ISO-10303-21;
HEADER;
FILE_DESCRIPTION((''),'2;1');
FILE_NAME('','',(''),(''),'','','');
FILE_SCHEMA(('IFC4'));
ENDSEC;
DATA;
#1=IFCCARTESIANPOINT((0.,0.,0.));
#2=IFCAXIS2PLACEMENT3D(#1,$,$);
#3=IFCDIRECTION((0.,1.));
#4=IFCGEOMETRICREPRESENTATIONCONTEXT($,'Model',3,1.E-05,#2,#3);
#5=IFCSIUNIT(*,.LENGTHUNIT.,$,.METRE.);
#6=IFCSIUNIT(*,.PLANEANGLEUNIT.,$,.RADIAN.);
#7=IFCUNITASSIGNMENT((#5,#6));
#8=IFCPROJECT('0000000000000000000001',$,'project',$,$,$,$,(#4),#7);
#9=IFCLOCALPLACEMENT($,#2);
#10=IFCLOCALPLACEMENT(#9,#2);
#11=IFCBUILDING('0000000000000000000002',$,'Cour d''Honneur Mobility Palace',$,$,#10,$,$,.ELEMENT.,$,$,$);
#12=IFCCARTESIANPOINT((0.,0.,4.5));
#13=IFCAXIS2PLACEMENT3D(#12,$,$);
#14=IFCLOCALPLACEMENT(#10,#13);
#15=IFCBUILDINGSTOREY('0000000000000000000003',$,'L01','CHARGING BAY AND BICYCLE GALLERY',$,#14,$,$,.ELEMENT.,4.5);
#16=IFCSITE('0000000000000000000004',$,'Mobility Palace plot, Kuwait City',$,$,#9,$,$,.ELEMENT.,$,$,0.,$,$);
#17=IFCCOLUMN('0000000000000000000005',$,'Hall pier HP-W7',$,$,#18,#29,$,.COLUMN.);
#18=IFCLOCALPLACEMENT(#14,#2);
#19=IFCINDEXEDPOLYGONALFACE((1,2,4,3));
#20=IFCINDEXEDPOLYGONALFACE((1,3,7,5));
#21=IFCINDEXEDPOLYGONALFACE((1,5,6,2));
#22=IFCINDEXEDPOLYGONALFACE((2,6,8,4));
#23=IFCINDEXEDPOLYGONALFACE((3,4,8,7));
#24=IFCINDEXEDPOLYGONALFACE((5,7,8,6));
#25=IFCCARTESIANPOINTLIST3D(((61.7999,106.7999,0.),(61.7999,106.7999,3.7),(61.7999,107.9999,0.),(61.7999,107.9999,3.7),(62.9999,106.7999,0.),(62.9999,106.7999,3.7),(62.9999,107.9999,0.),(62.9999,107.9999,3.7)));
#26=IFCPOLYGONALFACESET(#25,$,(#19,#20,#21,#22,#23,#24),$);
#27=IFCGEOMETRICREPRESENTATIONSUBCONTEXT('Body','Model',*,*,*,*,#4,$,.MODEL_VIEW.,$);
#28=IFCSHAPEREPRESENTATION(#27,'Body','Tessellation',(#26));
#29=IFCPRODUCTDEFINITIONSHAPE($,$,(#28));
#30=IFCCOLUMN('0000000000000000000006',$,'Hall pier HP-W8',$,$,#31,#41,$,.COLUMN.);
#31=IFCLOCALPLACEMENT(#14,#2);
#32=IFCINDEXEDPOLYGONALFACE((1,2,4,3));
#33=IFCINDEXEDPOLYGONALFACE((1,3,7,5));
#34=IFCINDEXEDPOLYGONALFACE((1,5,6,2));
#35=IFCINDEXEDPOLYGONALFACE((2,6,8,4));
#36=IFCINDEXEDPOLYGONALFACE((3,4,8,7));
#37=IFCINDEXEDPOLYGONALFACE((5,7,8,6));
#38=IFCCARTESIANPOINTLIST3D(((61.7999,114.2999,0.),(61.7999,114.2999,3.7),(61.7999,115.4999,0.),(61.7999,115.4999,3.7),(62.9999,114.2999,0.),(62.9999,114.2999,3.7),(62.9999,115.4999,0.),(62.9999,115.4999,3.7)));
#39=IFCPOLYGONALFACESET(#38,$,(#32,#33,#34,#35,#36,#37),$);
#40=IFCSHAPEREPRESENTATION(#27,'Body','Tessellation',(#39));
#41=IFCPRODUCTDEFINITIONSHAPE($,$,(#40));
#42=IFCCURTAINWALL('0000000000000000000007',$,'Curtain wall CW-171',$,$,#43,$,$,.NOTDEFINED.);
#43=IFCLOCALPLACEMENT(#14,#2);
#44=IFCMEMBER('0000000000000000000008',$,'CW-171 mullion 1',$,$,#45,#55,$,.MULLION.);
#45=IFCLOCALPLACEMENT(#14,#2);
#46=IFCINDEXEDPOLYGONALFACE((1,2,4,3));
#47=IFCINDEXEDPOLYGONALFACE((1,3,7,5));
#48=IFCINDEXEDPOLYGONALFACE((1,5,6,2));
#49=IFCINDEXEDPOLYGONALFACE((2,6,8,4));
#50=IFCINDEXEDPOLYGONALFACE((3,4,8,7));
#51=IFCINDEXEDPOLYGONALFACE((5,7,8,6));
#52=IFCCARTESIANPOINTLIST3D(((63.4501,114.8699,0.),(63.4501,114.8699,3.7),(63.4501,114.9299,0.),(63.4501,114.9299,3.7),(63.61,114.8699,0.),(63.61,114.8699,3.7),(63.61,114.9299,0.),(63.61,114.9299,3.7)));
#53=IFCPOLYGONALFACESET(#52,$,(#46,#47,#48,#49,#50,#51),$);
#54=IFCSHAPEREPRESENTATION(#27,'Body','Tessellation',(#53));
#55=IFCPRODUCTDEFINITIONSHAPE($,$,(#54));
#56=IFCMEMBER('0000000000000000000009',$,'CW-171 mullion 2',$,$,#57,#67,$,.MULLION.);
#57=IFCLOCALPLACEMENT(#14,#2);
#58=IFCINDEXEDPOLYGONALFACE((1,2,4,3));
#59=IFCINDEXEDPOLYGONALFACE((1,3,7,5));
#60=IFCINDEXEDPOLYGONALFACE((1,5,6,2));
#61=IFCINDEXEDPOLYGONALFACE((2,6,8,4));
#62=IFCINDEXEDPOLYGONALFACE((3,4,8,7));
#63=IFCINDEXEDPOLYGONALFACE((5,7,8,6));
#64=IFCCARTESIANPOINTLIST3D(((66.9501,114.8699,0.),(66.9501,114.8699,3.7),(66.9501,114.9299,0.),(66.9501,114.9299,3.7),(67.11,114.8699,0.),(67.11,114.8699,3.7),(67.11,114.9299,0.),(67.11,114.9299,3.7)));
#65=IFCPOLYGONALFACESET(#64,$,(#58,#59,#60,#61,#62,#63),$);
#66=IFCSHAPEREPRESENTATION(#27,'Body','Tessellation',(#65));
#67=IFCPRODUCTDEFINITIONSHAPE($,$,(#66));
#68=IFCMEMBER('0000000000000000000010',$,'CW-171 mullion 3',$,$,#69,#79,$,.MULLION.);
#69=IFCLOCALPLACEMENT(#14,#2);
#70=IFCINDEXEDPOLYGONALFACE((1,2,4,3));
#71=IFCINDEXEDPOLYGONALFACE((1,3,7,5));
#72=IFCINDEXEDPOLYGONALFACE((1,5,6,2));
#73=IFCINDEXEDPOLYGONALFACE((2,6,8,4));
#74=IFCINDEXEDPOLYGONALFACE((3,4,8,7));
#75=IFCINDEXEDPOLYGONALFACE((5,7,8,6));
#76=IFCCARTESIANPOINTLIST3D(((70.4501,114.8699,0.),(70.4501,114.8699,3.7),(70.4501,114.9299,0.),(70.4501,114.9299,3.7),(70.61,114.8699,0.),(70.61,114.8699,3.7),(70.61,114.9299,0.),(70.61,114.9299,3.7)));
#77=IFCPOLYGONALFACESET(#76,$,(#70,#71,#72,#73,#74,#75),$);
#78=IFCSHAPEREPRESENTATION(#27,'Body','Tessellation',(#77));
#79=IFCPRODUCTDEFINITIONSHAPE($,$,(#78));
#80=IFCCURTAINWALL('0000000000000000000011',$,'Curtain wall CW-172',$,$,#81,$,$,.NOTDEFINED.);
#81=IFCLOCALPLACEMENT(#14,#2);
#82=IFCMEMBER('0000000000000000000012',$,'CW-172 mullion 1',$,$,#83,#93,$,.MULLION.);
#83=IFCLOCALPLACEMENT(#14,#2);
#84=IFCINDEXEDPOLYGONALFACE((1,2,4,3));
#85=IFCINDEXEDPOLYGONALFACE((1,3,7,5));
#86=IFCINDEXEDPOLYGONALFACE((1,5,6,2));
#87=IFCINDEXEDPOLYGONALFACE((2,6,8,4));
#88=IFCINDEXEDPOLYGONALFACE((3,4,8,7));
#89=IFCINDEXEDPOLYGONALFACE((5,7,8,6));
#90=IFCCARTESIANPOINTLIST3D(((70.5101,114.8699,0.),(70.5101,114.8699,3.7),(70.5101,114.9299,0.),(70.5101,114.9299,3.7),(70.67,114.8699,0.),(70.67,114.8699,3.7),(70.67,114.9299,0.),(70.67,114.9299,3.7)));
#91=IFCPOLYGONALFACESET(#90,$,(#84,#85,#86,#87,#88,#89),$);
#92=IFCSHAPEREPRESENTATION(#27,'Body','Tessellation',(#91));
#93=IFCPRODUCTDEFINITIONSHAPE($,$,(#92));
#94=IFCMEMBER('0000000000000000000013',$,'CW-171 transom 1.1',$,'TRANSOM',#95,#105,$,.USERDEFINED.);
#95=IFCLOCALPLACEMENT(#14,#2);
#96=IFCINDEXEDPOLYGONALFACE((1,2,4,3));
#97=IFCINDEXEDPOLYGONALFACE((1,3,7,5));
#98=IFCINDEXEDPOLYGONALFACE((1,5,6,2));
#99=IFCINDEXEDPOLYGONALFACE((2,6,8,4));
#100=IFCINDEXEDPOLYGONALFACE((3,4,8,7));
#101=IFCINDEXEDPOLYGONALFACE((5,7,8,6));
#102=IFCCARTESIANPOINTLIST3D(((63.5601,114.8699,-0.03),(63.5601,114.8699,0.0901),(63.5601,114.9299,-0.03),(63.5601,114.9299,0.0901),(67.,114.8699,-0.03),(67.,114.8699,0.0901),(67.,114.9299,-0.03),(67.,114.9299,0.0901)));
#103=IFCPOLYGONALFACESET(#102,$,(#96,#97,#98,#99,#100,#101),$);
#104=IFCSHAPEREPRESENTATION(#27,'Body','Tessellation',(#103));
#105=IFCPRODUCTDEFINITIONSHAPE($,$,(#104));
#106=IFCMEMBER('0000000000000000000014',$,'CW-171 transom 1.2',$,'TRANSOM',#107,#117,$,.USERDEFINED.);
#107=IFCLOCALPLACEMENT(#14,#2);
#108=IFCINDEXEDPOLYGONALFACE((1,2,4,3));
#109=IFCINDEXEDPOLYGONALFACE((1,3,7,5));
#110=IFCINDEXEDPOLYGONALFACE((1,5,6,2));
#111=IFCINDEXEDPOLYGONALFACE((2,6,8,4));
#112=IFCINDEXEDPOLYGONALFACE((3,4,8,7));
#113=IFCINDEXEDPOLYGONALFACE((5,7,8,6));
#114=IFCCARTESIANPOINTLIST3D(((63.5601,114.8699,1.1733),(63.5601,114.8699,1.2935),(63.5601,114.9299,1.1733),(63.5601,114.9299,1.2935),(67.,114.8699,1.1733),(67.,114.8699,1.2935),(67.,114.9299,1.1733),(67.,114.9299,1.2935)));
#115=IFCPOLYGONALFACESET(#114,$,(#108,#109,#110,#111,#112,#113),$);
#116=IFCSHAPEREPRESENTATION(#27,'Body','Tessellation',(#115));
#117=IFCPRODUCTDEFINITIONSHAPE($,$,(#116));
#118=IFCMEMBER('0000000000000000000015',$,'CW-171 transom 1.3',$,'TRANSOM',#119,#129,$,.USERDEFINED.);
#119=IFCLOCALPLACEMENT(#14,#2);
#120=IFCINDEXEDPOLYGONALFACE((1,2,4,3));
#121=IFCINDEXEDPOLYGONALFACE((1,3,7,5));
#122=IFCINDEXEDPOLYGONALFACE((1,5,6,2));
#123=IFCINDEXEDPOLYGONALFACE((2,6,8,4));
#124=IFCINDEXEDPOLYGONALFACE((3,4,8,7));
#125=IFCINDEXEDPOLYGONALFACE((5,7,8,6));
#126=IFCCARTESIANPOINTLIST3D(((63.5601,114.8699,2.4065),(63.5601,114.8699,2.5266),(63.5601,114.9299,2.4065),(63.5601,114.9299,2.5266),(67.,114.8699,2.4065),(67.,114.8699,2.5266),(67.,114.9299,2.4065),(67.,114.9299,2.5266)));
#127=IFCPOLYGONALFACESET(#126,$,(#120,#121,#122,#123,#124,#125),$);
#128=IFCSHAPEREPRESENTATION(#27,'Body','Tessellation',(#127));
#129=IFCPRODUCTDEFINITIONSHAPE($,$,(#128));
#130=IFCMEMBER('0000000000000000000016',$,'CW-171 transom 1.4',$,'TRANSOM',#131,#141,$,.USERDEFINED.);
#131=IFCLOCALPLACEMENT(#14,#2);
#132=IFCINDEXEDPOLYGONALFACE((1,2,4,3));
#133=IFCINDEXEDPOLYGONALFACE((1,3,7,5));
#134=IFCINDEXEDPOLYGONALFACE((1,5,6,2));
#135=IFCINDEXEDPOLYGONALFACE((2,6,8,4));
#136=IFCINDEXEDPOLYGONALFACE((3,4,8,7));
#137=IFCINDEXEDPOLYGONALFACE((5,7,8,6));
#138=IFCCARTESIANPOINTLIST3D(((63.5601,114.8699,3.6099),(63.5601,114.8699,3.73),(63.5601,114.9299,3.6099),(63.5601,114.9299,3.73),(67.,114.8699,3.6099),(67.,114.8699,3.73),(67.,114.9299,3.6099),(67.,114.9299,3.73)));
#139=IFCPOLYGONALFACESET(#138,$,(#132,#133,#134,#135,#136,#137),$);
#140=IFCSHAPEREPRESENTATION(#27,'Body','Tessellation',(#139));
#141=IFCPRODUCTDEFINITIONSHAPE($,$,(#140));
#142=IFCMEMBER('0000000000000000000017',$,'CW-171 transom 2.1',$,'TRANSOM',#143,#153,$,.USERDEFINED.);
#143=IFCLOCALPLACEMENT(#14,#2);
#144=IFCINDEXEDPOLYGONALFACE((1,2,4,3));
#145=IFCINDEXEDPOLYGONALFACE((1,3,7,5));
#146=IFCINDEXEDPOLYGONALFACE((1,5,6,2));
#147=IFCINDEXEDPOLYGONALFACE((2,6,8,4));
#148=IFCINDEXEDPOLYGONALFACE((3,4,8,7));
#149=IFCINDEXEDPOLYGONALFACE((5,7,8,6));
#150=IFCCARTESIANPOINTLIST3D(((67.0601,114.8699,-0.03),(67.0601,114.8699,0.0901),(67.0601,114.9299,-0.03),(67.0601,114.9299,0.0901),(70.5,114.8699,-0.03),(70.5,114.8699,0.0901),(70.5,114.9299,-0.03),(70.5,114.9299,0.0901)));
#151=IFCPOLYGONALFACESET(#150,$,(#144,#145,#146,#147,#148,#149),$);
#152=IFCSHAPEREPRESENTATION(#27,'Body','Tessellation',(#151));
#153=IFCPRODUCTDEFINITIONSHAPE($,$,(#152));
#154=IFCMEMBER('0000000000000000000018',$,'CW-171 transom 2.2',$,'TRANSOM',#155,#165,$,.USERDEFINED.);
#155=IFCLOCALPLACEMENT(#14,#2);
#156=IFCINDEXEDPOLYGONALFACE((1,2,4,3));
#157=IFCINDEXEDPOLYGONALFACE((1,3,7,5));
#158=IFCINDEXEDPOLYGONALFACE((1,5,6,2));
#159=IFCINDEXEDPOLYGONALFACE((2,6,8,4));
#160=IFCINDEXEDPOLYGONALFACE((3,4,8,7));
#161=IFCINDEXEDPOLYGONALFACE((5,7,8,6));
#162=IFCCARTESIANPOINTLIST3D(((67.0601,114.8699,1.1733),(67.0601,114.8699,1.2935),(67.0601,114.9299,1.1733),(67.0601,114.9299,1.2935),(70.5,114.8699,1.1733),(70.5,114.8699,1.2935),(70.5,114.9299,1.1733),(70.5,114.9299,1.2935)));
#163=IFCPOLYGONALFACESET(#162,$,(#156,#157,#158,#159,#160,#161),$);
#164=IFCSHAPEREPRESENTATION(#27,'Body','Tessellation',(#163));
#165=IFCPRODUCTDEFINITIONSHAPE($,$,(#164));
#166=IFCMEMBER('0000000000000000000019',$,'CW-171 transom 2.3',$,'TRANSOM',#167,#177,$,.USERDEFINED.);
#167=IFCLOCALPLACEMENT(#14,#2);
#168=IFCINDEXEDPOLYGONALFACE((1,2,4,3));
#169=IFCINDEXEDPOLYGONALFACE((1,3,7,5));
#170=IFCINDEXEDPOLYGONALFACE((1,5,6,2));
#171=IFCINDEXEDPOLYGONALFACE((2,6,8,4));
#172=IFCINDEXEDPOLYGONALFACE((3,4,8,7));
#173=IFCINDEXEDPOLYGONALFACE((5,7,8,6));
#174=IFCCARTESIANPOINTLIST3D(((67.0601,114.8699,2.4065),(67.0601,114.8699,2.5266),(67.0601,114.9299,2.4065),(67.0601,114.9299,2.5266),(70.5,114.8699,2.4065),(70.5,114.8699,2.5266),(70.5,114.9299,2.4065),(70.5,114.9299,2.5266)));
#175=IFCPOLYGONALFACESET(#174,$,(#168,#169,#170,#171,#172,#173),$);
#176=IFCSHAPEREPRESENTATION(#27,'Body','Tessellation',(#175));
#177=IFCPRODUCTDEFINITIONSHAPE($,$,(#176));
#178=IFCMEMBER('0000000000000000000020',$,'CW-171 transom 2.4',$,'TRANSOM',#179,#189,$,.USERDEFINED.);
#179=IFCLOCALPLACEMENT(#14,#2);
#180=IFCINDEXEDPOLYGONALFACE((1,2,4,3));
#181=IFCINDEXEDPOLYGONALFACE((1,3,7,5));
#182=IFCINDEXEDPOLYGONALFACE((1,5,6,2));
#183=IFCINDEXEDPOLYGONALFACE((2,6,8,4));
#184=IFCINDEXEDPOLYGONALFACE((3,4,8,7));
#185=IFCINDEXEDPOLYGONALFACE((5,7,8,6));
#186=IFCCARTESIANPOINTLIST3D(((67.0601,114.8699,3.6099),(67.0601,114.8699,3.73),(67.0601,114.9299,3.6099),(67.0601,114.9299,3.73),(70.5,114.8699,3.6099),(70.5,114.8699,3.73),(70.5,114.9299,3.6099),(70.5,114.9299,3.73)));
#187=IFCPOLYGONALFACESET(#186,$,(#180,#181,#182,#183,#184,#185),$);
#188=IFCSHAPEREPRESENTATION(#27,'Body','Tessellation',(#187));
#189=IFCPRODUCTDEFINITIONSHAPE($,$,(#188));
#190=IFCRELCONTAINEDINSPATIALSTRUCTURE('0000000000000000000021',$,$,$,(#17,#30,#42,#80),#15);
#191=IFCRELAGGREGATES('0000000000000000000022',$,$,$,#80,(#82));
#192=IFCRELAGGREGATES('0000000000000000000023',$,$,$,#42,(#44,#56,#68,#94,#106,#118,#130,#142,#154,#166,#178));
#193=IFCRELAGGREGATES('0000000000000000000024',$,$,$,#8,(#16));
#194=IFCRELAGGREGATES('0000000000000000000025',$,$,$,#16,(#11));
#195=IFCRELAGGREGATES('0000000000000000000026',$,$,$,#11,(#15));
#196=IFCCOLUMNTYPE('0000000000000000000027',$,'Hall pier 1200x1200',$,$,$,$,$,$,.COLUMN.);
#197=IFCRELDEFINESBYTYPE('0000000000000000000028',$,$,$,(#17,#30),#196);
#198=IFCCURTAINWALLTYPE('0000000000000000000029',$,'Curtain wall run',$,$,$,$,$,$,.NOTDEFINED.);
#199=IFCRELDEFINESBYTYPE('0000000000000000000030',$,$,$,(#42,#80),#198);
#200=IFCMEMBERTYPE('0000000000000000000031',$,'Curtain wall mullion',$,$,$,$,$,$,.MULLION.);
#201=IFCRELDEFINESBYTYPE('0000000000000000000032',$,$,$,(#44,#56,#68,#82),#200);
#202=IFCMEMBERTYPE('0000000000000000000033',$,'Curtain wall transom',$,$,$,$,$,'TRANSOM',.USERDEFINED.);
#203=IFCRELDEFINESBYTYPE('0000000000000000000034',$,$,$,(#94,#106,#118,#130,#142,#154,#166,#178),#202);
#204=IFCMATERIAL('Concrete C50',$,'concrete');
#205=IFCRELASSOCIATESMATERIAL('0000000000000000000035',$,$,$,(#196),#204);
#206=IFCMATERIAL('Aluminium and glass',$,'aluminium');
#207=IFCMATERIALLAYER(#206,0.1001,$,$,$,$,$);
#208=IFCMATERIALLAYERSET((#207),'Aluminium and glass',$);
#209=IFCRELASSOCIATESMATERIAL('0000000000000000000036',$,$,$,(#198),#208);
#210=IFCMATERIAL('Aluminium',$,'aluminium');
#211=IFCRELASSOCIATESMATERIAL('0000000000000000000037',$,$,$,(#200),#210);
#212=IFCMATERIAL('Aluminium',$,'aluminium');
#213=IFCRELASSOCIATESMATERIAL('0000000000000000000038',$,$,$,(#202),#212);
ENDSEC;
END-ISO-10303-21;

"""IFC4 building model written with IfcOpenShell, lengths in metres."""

from ifc_helpers import new_model, si_unit, direction, frame, origin, origin_2d, place, context, subcontext, project, spatial, rectangle, extrude, material, layer, layer_set, material_profile, profile_set, type_object, element, aggregate, save


model = new_model("IFC4")

# Units and contexts
model_context = context("Model", 3, precision=1e-05, world=origin(), true_north=direction((0.0, 1.0)))
body_context = subcontext(model_context, "Body", "Model", "MODEL_VIEW")
ifc_project = project(units=[si_unit("LENGTHUNIT", "METRE"), si_unit("PLANEANGLEUNIT", "RADIAN")], contexts=[model_context])

# Site, building, storey
site_placement = place(None, origin())
site = spatial("IfcSite", under=ifc_project, at=site_placement, Name="Mobility Palace plot, Kuwait City", CompositionType="ELEMENT", RefElevation=0.0)
building_placement = place(site_placement, origin())
building = spatial("IfcBuilding", under=site, at=building_placement, Name="Cour d'Honneur Mobility Palace", CompositionType="ELEMENT")
storey_placement = place(building_placement, frame((0.0, 0.0, 4.5)))
storey = spatial("IfcBuildingStorey", under=building, at=storey_placement, Name="L01", Description="CHARGING BAY AND BICYCLE GALLERY", CompositionType="ELEMENT", Elevation=4.5)

# Columns
ifc_material_1 = material(Name="Concrete C50", Category="concrete")
ifc_material_profile_1 = material_profile(ifc_material_1, rectangle(XDim=1.2, YDim=1.2, at=origin_2d()), Name="Hall pier 1200x1200")
ifc_profile_set_1 = profile_set([ifc_material_profile_1], Name="Concrete C50")
column_type = type_object("IfcColumnType", Name="Hall pier 1200x1200", PredefinedType="COLUMN", material=ifc_profile_set_1)
for number, where, z_axis, x_axis, name in (
    (1, (62.3999, 107.3999, 0.0), (0.0, 0.0, 1.0), (1.0, 0.0, 0.0), "Hall pier HP-W7"),
    (2, (62.3999, 114.8999, 0.0), (0.0, 0.0, 1.0), (1.0, 0.0, 0.0), "Hall pier HP-W8"),
):
    element("IfcColumn", number, at=place(storey_placement, frame(where, z_axis=z_axis, x_axis=x_axis)), inside=storey, type_object=column_type, Name=name, PredefinedType="COLUMN", context=body_context, shape_type="SweptSolid", body=[
        extrude(rectangle(XDim=1.2, YDim=1.2, at=origin_2d()), origin(), (0.0, 0.0, 1.0), 3.7),
    ])

# Curtain wall, members
ifc_material_2 = material(Name="Aluminium and glass", Category="aluminium")
ifc_layer_1 = layer(ifc_material_2, 0.1001)
ifc_layer_set_1 = layer_set([ifc_layer_1], Name="Aluminium and glass")
curtain_wall_type = type_object("IfcCurtainWallType", Name="Curtain wall run", PredefinedType="NOTDEFINED", material=ifc_layer_set_1)
curtain_wall_1_placement = place(storey_placement, origin())
curtain_wall_1 = element("IfcCurtainWall", 3, at=curtain_wall_1_placement, inside=storey, type_object=curtain_wall_type, Name="Curtain wall CW-171", PredefinedType="NOTDEFINED")
ifc_material_3 = material(Name="Aluminium", Category="aluminium")
ifc_material_profile_2 = material_profile(ifc_material_3, rectangle(XDim=0.0601, YDim=0.1599, at=origin_2d()), Name="Curtain wall mullion")
ifc_profile_set_2 = profile_set([ifc_material_profile_2], Name="Aluminium")
member_type_1 = type_object("IfcMemberType", Name="Curtain wall mullion", PredefinedType="MULLION", material=ifc_profile_set_2)
member_1_placement = place(storey_placement, frame((63.53, 114.8999, 0.0), z_axis=(0.0, 0.0, 1.0), x_axis=(0.0, 1.0, 0.0)))
member_1 = element("IfcMember", 4, at=member_1_placement, type_object=member_type_1, Name="CW-171 mullion 1", PredefinedType="MULLION", context=body_context, shape_type="SweptSolid", body=[
    extrude(rectangle(XDim=0.0601, YDim=0.1599, at=origin_2d()), origin(), (0.0, 0.0, 1.0), 3.7),
])
member_2_placement = place(storey_placement, frame((67.03, 114.8999, 0.0), z_axis=(0.0, 0.0, 1.0), x_axis=(0.0, 1.0, 0.0)))
member_2 = element("IfcMember", 5, at=member_2_placement, type_object=member_type_1, Name="CW-171 mullion 2", PredefinedType="MULLION", context=body_context, shape_type="SweptSolid", body=[
    extrude(rectangle(XDim=0.0601, YDim=0.1599, at=origin_2d()), origin(), (0.0, 0.0, 1.0), 3.7),
])
member_3_placement = place(storey_placement, frame((70.53, 114.8999, 0.0), z_axis=(0.0, 0.0, 1.0), x_axis=(0.0, 1.0, 0.0)))
member_3 = element("IfcMember", 6, at=member_3_placement, type_object=member_type_1, Name="CW-171 mullion 3", PredefinedType="MULLION", context=body_context, shape_type="SweptSolid", body=[
    extrude(rectangle(XDim=0.0601, YDim=0.1599, at=origin_2d()), origin(), (0.0, 0.0, 1.0), 3.7),
])

# Curtain wall, member
curtain_wall_2_placement = place(storey_placement, origin())
curtain_wall_2 = element("IfcCurtainWall", 7, at=curtain_wall_2_placement, inside=storey, type_object=curtain_wall_type, Name="Curtain wall CW-172", PredefinedType="NOTDEFINED")
member_4_placement = place(storey_placement, frame((70.5901, 114.8999, 0.0), z_axis=(0.0, 0.0, 1.0), x_axis=(0.0, 1.0, 0.0)))
member_4 = element("IfcMember", 8, at=member_4_placement, type_object=member_type_1, Name="CW-172 mullion 1", PredefinedType="MULLION", context=body_context, shape_type="SweptSolid", body=[
    extrude(rectangle(XDim=0.0601, YDim=0.1599, at=origin_2d()), origin(), (0.0, 0.0, 1.0), 3.7),
])
aggregate(curtain_wall_2, [member_4])

# Members
ifc_material_4 = material(Name="Aluminium", Category="aluminium")
ifc_material_profile_3 = material_profile(ifc_material_4, rectangle(XDim=0.0601, YDim=0.1201, at=origin_2d()), Name="Curtain wall transom")
ifc_profile_set_3 = profile_set([ifc_material_profile_3], Name="Aluminium")
member_type_2 = type_object("IfcMemberType", Name="Curtain wall transom", ElementType="TRANSOM", PredefinedType="USERDEFINED", material=ifc_profile_set_3)
member_5_placement = place(storey_placement, frame((63.5601, 114.8999, 0.03), z_axis=(1.0, 0.0, 0.0), x_axis=(0.0, 1.0, 0.0)))
member_5 = element("IfcMember", 9, at=member_5_placement, type_object=member_type_2, Name="CW-171 transom 1.1", ObjectType="TRANSOM", PredefinedType="USERDEFINED", context=body_context, shape_type="SweptSolid", body=[
    extrude(rectangle(XDim=0.0601, YDim=0.1201, at=origin_2d()), origin(), (0.0, 0.0, 1.0), 3.4399),
])
member_6_placement = place(storey_placement, frame((63.5601, 114.8999, 1.2334), z_axis=(1.0, 0.0, 0.0), x_axis=(0.0, 1.0, 0.0)))
member_6 = element("IfcMember", 10, at=member_6_placement, type_object=member_type_2, Name="CW-171 transom 1.2", ObjectType="TRANSOM", PredefinedType="USERDEFINED", context=body_context, shape_type="SweptSolid", body=[
    extrude(rectangle(XDim=0.0601, YDim=0.1201, at=origin_2d()), origin(), (0.0, 0.0, 1.0), 3.4399),
])
member_7_placement = place(storey_placement, frame((63.5601, 114.8999, 2.4666), z_axis=(1.0, 0.0, 0.0), x_axis=(0.0, 1.0, 0.0)))
member_7 = element("IfcMember", 11, at=member_7_placement, type_object=member_type_2, Name="CW-171 transom 1.3", ObjectType="TRANSOM", PredefinedType="USERDEFINED", context=body_context, shape_type="SweptSolid", body=[
    extrude(rectangle(XDim=0.0601, YDim=0.1201, at=origin_2d()), origin(), (0.0, 0.0, 1.0), 3.4399),
])
member_8_placement = place(storey_placement, frame((63.5601, 114.8999, 3.6699), z_axis=(1.0, 0.0, 0.0), x_axis=(0.0, 1.0, 0.0)))
member_8 = element("IfcMember", 12, at=member_8_placement, type_object=member_type_2, Name="CW-171 transom 1.4", ObjectType="TRANSOM", PredefinedType="USERDEFINED", context=body_context, shape_type="SweptSolid", body=[
    extrude(rectangle(XDim=0.0601, YDim=0.1201, at=origin_2d()), origin(), (0.0, 0.0, 1.0), 3.4399),
])
member_9_placement = place(storey_placement, frame((67.0601, 114.8999, 0.03), z_axis=(1.0, 0.0, 0.0), x_axis=(0.0, 1.0, 0.0)))
member_9 = element("IfcMember", 13, at=member_9_placement, type_object=member_type_2, Name="CW-171 transom 2.1", ObjectType="TRANSOM", PredefinedType="USERDEFINED", context=body_context, shape_type="SweptSolid", body=[
    extrude(rectangle(XDim=0.0601, YDim=0.1201, at=origin_2d()), origin(), (0.0, 0.0, 1.0), 3.4399),
])
member_10_placement = place(storey_placement, frame((67.0601, 114.8999, 1.2334), z_axis=(1.0, 0.0, 0.0), x_axis=(0.0, 1.0, 0.0)))
member_10 = element("IfcMember", 14, at=member_10_placement, type_object=member_type_2, Name="CW-171 transom 2.2", ObjectType="TRANSOM", PredefinedType="USERDEFINED", context=body_context, shape_type="SweptSolid", body=[
    extrude(rectangle(XDim=0.0601, YDim=0.1201, at=origin_2d()), origin(), (0.0, 0.0, 1.0), 3.4399),
])
member_11_placement = place(storey_placement, frame((67.0601, 114.8999, 2.4666), z_axis=(1.0, 0.0, 0.0), x_axis=(0.0, 1.0, 0.0)))
member_11 = element("IfcMember", 15, at=member_11_placement, type_object=member_type_2, Name="CW-171 transom 2.3", ObjectType="TRANSOM", PredefinedType="USERDEFINED", context=body_context, shape_type="SweptSolid", body=[
    extrude(rectangle(XDim=0.0601, YDim=0.1201, at=origin_2d()), origin(), (0.0, 0.0, 1.0), 3.4399),
])
member_12_placement = place(storey_placement, frame((67.0601, 114.8999, 3.6699), z_axis=(1.0, 0.0, 0.0), x_axis=(0.0, 1.0, 0.0)))
member_12 = element("IfcMember", 16, at=member_12_placement, type_object=member_type_2, Name="CW-171 transom 2.4", ObjectType="TRANSOM", PredefinedType="USERDEFINED", context=body_context, shape_type="SweptSolid", body=[
    extrude(rectangle(XDim=0.0601, YDim=0.1201, at=origin_2d()), origin(), (0.0, 0.0, 1.0), 3.4399),
])

aggregate(curtain_wall_1, [member_1, member_2, member_3, member_5, member_6, member_7, member_8, member_9, member_10, member_11, member_12])

save(model, "model.ifc")
